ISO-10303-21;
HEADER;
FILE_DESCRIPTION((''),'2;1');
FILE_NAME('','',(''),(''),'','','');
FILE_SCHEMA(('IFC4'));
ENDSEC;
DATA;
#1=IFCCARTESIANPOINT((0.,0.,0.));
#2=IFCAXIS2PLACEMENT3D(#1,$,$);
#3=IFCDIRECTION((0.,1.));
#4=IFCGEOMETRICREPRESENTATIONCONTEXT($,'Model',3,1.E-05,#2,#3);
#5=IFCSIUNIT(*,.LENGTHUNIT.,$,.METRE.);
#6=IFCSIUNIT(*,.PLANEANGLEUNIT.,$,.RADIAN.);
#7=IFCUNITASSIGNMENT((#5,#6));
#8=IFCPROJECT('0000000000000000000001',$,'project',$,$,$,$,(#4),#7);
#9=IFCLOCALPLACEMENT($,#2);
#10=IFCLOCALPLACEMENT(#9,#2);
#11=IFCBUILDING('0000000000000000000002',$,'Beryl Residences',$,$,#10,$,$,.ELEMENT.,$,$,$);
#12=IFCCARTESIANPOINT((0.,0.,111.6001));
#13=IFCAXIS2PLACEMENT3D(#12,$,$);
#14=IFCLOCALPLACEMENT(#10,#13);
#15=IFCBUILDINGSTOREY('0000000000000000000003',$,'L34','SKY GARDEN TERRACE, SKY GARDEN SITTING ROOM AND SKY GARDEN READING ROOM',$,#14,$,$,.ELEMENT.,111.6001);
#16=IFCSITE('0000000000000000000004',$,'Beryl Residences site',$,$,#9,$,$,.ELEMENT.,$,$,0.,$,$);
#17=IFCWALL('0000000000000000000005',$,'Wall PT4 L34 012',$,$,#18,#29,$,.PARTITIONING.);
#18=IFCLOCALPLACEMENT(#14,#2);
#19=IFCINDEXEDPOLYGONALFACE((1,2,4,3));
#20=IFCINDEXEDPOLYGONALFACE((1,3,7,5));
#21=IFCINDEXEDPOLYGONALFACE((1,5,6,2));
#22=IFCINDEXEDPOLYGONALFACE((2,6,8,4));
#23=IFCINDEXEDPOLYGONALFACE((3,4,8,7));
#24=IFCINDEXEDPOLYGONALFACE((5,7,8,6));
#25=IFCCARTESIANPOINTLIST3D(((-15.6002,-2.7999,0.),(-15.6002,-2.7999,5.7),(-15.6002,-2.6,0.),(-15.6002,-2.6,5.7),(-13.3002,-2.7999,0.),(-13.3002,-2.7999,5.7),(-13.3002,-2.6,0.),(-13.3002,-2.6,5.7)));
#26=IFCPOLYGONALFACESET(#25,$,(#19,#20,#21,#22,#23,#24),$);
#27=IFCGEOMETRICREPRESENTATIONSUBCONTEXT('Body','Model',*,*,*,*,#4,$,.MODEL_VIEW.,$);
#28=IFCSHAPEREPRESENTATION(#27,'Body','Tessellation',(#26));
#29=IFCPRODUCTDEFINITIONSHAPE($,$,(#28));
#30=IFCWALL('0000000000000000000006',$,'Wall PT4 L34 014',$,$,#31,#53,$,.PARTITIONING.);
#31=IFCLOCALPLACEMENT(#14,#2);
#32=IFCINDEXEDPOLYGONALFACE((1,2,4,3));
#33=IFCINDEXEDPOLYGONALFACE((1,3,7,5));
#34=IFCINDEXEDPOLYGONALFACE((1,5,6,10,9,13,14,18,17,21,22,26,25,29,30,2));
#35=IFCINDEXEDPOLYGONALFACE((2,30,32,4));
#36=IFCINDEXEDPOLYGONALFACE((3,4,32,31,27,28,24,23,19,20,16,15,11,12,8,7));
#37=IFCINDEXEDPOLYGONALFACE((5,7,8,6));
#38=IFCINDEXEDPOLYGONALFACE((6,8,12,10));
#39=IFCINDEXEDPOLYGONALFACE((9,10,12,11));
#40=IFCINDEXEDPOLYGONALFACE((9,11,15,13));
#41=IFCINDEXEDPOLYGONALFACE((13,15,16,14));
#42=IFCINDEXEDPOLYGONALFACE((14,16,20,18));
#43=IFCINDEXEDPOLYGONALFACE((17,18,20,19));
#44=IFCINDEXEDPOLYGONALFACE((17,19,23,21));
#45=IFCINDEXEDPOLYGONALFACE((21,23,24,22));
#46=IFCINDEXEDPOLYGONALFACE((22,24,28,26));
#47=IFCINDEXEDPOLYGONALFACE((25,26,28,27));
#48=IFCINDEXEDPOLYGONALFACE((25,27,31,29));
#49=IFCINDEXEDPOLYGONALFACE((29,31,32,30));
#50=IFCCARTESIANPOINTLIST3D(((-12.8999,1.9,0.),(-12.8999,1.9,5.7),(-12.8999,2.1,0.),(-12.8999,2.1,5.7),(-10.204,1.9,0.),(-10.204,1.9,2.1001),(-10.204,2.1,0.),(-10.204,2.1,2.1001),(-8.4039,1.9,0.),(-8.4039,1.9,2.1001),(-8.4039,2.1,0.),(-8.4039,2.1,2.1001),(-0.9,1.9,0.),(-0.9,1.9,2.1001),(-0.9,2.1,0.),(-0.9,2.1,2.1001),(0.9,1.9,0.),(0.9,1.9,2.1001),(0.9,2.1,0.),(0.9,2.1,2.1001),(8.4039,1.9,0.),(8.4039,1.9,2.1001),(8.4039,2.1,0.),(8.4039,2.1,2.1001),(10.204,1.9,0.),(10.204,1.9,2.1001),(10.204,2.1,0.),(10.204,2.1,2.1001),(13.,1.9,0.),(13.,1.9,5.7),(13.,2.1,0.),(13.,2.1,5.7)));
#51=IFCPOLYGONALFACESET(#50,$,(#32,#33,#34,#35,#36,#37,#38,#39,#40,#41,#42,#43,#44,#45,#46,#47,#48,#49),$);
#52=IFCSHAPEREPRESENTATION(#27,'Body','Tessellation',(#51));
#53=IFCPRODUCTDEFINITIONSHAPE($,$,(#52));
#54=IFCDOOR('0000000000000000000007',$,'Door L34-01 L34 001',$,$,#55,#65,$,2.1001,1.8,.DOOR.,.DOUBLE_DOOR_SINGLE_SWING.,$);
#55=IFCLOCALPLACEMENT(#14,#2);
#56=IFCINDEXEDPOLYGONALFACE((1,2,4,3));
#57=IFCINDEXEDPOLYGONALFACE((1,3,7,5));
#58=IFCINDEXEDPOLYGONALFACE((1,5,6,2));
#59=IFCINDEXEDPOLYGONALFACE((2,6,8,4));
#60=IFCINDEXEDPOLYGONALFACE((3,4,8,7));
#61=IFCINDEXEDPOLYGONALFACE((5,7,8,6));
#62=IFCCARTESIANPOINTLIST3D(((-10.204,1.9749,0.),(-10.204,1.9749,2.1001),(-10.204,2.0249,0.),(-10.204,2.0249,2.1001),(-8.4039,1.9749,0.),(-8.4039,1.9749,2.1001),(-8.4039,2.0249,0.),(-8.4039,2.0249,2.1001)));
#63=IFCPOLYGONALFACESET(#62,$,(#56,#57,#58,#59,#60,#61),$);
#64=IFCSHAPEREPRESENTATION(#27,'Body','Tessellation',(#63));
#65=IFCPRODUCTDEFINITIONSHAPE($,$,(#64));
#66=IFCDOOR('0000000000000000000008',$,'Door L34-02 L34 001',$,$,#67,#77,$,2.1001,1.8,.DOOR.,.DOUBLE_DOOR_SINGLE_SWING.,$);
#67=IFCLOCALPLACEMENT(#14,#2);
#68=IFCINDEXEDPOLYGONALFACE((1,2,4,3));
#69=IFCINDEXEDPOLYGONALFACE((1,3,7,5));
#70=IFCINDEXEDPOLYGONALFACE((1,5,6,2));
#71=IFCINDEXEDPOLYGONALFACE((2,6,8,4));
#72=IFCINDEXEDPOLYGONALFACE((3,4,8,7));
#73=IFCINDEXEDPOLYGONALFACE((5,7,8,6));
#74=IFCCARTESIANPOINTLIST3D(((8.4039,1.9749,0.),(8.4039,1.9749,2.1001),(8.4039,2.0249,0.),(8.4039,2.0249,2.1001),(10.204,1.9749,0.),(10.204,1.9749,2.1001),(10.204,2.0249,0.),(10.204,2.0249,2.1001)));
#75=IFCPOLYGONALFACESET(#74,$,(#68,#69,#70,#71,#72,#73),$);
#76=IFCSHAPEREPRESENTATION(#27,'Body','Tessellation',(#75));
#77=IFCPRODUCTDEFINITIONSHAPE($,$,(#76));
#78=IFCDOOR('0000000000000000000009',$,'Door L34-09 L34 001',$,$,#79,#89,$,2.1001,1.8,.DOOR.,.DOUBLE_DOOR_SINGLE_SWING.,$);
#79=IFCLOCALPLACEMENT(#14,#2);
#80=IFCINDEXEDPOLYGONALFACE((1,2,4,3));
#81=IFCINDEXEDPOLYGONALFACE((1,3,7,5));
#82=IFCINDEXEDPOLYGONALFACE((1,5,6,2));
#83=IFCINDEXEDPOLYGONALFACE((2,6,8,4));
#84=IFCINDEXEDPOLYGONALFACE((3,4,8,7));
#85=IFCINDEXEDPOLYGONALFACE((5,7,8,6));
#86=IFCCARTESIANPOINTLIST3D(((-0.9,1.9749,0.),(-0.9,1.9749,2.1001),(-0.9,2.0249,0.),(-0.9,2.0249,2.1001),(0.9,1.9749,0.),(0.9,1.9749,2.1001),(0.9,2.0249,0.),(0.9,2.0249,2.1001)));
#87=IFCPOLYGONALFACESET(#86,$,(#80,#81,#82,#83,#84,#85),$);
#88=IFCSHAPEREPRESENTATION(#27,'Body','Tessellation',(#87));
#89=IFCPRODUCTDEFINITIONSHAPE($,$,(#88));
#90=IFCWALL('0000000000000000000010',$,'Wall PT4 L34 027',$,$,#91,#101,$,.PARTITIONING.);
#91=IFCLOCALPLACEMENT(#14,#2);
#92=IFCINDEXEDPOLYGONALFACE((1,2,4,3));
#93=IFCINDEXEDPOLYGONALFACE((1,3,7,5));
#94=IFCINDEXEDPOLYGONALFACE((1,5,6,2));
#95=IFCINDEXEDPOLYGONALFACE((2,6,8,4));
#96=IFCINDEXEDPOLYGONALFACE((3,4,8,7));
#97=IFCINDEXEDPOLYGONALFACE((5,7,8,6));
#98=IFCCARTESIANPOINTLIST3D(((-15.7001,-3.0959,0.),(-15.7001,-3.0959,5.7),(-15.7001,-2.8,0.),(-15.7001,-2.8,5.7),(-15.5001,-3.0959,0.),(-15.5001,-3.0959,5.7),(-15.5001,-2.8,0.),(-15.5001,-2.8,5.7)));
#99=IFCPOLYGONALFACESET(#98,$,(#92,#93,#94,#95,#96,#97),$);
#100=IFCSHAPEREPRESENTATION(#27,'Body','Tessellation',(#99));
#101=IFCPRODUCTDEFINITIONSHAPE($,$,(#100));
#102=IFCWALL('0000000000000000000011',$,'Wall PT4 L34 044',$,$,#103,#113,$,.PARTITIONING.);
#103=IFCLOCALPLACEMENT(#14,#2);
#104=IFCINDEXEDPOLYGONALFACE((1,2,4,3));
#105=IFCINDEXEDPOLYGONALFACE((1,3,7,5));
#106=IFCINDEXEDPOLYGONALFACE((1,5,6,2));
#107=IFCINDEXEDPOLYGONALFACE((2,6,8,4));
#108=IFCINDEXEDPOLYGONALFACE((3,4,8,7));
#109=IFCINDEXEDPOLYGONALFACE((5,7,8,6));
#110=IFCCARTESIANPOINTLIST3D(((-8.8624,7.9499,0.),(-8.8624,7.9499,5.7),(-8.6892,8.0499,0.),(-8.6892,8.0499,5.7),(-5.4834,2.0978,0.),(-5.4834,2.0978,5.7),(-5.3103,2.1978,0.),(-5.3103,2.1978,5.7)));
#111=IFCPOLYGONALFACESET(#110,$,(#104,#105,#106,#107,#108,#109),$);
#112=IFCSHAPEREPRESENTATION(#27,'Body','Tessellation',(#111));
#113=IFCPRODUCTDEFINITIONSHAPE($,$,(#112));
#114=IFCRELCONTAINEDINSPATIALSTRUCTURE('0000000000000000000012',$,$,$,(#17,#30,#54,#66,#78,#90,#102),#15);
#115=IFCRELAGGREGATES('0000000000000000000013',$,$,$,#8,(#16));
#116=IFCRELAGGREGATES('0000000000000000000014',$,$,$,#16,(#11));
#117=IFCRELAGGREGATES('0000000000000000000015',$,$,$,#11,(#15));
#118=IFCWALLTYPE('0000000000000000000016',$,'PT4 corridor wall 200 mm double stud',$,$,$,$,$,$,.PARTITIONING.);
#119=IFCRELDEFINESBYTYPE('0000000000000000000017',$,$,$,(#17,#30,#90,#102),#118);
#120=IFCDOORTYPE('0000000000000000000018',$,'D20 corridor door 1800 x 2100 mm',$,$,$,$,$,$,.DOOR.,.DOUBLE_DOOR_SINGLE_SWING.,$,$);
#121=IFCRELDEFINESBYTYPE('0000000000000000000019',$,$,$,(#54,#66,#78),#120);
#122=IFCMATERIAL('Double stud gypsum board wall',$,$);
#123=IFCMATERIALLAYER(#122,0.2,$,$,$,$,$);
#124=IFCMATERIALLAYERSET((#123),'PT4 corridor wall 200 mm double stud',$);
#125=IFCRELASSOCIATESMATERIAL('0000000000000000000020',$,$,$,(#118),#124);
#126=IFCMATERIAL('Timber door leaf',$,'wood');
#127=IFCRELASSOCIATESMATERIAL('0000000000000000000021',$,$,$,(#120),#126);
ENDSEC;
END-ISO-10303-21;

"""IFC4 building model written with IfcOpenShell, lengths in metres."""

from ifc_helpers import new_model, si_unit, direction, frame, frame_2d, origin, place, context, subcontext, project, spatial, rectangle, extrude, material, layer, layer_set, type_object, element, fill, save


model = new_model("IFC4")

# Units and contexts
model_context = context("Model", 3, precision=1e-05, world=origin(), true_north=direction((0.0, 1.0)))
body_context = subcontext(model_context, "Body", "Model", "MODEL_VIEW")
ifc_project = project(units=[si_unit("LENGTHUNIT", "METRE"), si_unit("PLANEANGLEUNIT", "RADIAN")], contexts=[model_context])

# Site, building, storey
site_placement = place(None, origin())
site = spatial("IfcSite", under=ifc_project, at=site_placement, Name="Beryl Residences site", CompositionType="ELEMENT", RefElevation=0.0)
building_placement = place(site_placement, origin())
building = spatial("IfcBuilding", under=site, at=building_placement, Name="Beryl Residences", CompositionType="ELEMENT")
storey_placement = place(building_placement, frame((0.0, 0.0, 111.6001)))
storey = spatial("IfcBuildingStorey", under=building, at=storey_placement, Name="L34", Description="SKY GARDEN TERRACE, SKY GARDEN SITTING ROOM AND SKY GARDEN READING ROOM", CompositionType="ELEMENT", Elevation=111.6001)

# Wall
ifc_material_1 = material(Name="Double stud gypsum board wall")
ifc_layer_1 = layer(ifc_material_1, 0.2)
ifc_layer_set_1 = layer_set([ifc_layer_1], Name="PT4 corridor wall 200 mm double stud")
wall_type_1 = type_object("IfcWallType", Name="PT4 corridor wall 200 mm double stud", PredefinedType="PARTITIONING", material=ifc_layer_set_1)
wall_1_placement = place(storey_placement, frame((-15.6001, -2.7, 0.0), z_axis=(0.0, 0.0, 1.0), x_axis=(1.0, 0.0, 0.0)))
element("IfcWall", 1, at=wall_1_placement, inside=storey, type_object=wall_type_1, Name="Wall PT4 L34 012", PredefinedType="PARTITIONING", context=body_context, shape_type="SweptSolid", body=[
    extrude(rectangle(XDim=2.3, YDim=0.2, at=frame_2d((1.1499, 0.0))), origin(), (0.0, 0.0, 1.0), 5.7),
])

# Wall, openings, doors
wall_2_placement = place(storey_placement, frame((-12.8999, 2.0, 0.0), z_axis=(0.0, 0.0, 1.0), x_axis=(1.0, 0.0, 0.0)))
wall_2 = element("IfcWall", 2, at=wall_2_placement, inside=storey, type_object=wall_type_1, Name="Wall PT4 L34 014", PredefinedType="PARTITIONING", context=body_context, shape_type="SweptSolid", body=[
    extrude(rectangle(XDim=25.8999, YDim=0.2, at=frame_2d((12.95, 0.0))), origin(), (0.0, 0.0, 1.0), 5.7),
])
opening_1_placement = place(wall_2_placement, frame((2.696, 0.0, 0.0)))
opening_1 = element("IfcOpeningElement", 3, at=opening_1_placement, cuts=wall_2, PredefinedType="OPENING", context=body_context, shape_type="SweptSolid", body=[
    extrude(rectangle(XDim=1.8, YDim=2.1001, at=frame_2d((0.8999, 1.05))), frame((0.0, 0.1099, 0.0), z_axis=(0.0, -1.0, 0.0), x_axis=(1.0, 0.0, 0.0)), (0.0, 0.0, 1.0), 0.22),
])
opening_2_placement = place(wall_2_placement, frame((21.304, 0.0, 0.0)))
opening_2 = element("IfcOpeningElement", 4, at=opening_2_placement, cuts=wall_2, PredefinedType="OPENING", context=body_context, shape_type="SweptSolid", body=[
    extrude(rectangle(XDim=1.8, YDim=2.1001, at=frame_2d((0.8999, 1.05))), frame((0.0, 0.1099, 0.0), z_axis=(0.0, -1.0, 0.0), x_axis=(1.0, 0.0, 0.0)), (0.0, 0.0, 1.0), 0.22),
])
opening_3_placement = place(wall_2_placement, frame((12.0, 0.0, 0.0)))
opening_3 = element("IfcOpeningElement", 5, at=opening_3_placement, cuts=wall_2, PredefinedType="OPENING", context=body_context, shape_type="SweptSolid", body=[
    extrude(rectangle(XDim=1.8, YDim=2.1001, at=frame_2d((0.8999, 1.05))), frame((0.0, 0.1099, 0.0), z_axis=(0.0, -1.0, 0.0), x_axis=(1.0, 0.0, 0.0)), (0.0, 0.0, 1.0), 0.22),
])
ifc_material_2 = material(Name="Timber door leaf", Category="wood")
door_type_1 = type_object("IfcDoorType", Name="D20 corridor door 1800 x 2100 mm", OperationType="DOUBLE_DOOR_SINGLE_SWING", PredefinedType="DOOR", material=ifc_material_2)
door_1_placement = place(opening_1_placement, origin())
door_1 = element("IfcDoor", 6, at=door_1_placement, inside=storey, type_object=door_type_1, Name="Door L34-01 L34 001", OperationType="DOUBLE_DOOR_SINGLE_SWING", OverallHeight=2.1001, OverallWidth=1.8, PredefinedType="DOOR", context=body_context, shape_type="SweptSolid", body=[
    extrude(rectangle(XDim=1.8, YDim=2.1001, at=frame_2d((0.8999, 1.05))), frame((0.0, 0.0249, 0.0), z_axis=(0.0, -1.0, 0.0), x_axis=(1.0, 0.0, 0.0)), (0.0, 0.0, 1.0), 0.05),
])
fill(opening_1, door_1)
door_2_placement = place(opening_2_placement, origin())
door_2 = element("IfcDoor", 7, at=door_2_placement, inside=storey, type_object=door_type_1, Name="Door L34-02 L34 001", OperationType="DOUBLE_DOOR_SINGLE_SWING", OverallHeight=2.1001, OverallWidth=1.8, PredefinedType="DOOR", context=body_context, shape_type="SweptSolid", body=[
    extrude(rectangle(XDim=1.8, YDim=2.1001, at=frame_2d((0.8999, 1.05))), frame((0.0, 0.0249, 0.0), z_axis=(0.0, -1.0, 0.0), x_axis=(1.0, 0.0, 0.0)), (0.0, 0.0, 1.0), 0.05),
])
fill(opening_2, door_2)
door_3_placement = place(opening_3_placement, origin())
door_3 = element("IfcDoor", 8, at=door_3_placement, inside=storey, type_object=door_type_1, Name="Door L34-09 L34 001", OperationType="DOUBLE_DOOR_SINGLE_SWING", OverallHeight=2.1001, OverallWidth=1.8, PredefinedType="DOOR", context=body_context, shape_type="SweptSolid", body=[
    extrude(rectangle(XDim=1.8, YDim=2.1001, at=frame_2d((0.8999, 1.05))), frame((0.0, 0.0249, 0.0), z_axis=(0.0, -1.0, 0.0), x_axis=(1.0, 0.0, 0.0)), (0.0, 0.0, 1.0), 0.05),
])
fill(opening_3, door_3)

# Walls
wall_3_placement = place(storey_placement, frame((-15.6001, -3.0959, 0.0), z_axis=(0.0, 0.0, 1.0), x_axis=(0.0, 1.0, 0.0)))
element("IfcWall", 9, at=wall_3_placement, inside=storey, type_object=wall_type_1, Name="Wall PT4 L34 027", PredefinedType="PARTITIONING", context=body_context, shape_type="SweptSolid", body=[
    extrude(rectangle(XDim=0.2959, YDim=0.2, at=frame_2d((0.1479, 0.0))), origin(), (0.0, 0.0, 1.0), 5.7),
])
wall_4_placement = place(storey_placement, frame((-8.7759, 8.0, 0.0), z_axis=(0.0, 0.0, 1.0), x_axis=(0.500025, -0.866011, 0.0)))
element("IfcWall", 10, at=wall_4_placement, inside=storey, type_object=wall_type_1, Name="Wall PT4 L34 044", PredefinedType="PARTITIONING", context=body_context, shape_type="SweptSolid", body=[
    extrude(rectangle(XDim=6.7576, YDim=0.2, at=frame_2d((3.3789, 0.0))), origin(), (0.0, 0.0, 1.0), 5.7),
])

save(model, "model.ifc")
